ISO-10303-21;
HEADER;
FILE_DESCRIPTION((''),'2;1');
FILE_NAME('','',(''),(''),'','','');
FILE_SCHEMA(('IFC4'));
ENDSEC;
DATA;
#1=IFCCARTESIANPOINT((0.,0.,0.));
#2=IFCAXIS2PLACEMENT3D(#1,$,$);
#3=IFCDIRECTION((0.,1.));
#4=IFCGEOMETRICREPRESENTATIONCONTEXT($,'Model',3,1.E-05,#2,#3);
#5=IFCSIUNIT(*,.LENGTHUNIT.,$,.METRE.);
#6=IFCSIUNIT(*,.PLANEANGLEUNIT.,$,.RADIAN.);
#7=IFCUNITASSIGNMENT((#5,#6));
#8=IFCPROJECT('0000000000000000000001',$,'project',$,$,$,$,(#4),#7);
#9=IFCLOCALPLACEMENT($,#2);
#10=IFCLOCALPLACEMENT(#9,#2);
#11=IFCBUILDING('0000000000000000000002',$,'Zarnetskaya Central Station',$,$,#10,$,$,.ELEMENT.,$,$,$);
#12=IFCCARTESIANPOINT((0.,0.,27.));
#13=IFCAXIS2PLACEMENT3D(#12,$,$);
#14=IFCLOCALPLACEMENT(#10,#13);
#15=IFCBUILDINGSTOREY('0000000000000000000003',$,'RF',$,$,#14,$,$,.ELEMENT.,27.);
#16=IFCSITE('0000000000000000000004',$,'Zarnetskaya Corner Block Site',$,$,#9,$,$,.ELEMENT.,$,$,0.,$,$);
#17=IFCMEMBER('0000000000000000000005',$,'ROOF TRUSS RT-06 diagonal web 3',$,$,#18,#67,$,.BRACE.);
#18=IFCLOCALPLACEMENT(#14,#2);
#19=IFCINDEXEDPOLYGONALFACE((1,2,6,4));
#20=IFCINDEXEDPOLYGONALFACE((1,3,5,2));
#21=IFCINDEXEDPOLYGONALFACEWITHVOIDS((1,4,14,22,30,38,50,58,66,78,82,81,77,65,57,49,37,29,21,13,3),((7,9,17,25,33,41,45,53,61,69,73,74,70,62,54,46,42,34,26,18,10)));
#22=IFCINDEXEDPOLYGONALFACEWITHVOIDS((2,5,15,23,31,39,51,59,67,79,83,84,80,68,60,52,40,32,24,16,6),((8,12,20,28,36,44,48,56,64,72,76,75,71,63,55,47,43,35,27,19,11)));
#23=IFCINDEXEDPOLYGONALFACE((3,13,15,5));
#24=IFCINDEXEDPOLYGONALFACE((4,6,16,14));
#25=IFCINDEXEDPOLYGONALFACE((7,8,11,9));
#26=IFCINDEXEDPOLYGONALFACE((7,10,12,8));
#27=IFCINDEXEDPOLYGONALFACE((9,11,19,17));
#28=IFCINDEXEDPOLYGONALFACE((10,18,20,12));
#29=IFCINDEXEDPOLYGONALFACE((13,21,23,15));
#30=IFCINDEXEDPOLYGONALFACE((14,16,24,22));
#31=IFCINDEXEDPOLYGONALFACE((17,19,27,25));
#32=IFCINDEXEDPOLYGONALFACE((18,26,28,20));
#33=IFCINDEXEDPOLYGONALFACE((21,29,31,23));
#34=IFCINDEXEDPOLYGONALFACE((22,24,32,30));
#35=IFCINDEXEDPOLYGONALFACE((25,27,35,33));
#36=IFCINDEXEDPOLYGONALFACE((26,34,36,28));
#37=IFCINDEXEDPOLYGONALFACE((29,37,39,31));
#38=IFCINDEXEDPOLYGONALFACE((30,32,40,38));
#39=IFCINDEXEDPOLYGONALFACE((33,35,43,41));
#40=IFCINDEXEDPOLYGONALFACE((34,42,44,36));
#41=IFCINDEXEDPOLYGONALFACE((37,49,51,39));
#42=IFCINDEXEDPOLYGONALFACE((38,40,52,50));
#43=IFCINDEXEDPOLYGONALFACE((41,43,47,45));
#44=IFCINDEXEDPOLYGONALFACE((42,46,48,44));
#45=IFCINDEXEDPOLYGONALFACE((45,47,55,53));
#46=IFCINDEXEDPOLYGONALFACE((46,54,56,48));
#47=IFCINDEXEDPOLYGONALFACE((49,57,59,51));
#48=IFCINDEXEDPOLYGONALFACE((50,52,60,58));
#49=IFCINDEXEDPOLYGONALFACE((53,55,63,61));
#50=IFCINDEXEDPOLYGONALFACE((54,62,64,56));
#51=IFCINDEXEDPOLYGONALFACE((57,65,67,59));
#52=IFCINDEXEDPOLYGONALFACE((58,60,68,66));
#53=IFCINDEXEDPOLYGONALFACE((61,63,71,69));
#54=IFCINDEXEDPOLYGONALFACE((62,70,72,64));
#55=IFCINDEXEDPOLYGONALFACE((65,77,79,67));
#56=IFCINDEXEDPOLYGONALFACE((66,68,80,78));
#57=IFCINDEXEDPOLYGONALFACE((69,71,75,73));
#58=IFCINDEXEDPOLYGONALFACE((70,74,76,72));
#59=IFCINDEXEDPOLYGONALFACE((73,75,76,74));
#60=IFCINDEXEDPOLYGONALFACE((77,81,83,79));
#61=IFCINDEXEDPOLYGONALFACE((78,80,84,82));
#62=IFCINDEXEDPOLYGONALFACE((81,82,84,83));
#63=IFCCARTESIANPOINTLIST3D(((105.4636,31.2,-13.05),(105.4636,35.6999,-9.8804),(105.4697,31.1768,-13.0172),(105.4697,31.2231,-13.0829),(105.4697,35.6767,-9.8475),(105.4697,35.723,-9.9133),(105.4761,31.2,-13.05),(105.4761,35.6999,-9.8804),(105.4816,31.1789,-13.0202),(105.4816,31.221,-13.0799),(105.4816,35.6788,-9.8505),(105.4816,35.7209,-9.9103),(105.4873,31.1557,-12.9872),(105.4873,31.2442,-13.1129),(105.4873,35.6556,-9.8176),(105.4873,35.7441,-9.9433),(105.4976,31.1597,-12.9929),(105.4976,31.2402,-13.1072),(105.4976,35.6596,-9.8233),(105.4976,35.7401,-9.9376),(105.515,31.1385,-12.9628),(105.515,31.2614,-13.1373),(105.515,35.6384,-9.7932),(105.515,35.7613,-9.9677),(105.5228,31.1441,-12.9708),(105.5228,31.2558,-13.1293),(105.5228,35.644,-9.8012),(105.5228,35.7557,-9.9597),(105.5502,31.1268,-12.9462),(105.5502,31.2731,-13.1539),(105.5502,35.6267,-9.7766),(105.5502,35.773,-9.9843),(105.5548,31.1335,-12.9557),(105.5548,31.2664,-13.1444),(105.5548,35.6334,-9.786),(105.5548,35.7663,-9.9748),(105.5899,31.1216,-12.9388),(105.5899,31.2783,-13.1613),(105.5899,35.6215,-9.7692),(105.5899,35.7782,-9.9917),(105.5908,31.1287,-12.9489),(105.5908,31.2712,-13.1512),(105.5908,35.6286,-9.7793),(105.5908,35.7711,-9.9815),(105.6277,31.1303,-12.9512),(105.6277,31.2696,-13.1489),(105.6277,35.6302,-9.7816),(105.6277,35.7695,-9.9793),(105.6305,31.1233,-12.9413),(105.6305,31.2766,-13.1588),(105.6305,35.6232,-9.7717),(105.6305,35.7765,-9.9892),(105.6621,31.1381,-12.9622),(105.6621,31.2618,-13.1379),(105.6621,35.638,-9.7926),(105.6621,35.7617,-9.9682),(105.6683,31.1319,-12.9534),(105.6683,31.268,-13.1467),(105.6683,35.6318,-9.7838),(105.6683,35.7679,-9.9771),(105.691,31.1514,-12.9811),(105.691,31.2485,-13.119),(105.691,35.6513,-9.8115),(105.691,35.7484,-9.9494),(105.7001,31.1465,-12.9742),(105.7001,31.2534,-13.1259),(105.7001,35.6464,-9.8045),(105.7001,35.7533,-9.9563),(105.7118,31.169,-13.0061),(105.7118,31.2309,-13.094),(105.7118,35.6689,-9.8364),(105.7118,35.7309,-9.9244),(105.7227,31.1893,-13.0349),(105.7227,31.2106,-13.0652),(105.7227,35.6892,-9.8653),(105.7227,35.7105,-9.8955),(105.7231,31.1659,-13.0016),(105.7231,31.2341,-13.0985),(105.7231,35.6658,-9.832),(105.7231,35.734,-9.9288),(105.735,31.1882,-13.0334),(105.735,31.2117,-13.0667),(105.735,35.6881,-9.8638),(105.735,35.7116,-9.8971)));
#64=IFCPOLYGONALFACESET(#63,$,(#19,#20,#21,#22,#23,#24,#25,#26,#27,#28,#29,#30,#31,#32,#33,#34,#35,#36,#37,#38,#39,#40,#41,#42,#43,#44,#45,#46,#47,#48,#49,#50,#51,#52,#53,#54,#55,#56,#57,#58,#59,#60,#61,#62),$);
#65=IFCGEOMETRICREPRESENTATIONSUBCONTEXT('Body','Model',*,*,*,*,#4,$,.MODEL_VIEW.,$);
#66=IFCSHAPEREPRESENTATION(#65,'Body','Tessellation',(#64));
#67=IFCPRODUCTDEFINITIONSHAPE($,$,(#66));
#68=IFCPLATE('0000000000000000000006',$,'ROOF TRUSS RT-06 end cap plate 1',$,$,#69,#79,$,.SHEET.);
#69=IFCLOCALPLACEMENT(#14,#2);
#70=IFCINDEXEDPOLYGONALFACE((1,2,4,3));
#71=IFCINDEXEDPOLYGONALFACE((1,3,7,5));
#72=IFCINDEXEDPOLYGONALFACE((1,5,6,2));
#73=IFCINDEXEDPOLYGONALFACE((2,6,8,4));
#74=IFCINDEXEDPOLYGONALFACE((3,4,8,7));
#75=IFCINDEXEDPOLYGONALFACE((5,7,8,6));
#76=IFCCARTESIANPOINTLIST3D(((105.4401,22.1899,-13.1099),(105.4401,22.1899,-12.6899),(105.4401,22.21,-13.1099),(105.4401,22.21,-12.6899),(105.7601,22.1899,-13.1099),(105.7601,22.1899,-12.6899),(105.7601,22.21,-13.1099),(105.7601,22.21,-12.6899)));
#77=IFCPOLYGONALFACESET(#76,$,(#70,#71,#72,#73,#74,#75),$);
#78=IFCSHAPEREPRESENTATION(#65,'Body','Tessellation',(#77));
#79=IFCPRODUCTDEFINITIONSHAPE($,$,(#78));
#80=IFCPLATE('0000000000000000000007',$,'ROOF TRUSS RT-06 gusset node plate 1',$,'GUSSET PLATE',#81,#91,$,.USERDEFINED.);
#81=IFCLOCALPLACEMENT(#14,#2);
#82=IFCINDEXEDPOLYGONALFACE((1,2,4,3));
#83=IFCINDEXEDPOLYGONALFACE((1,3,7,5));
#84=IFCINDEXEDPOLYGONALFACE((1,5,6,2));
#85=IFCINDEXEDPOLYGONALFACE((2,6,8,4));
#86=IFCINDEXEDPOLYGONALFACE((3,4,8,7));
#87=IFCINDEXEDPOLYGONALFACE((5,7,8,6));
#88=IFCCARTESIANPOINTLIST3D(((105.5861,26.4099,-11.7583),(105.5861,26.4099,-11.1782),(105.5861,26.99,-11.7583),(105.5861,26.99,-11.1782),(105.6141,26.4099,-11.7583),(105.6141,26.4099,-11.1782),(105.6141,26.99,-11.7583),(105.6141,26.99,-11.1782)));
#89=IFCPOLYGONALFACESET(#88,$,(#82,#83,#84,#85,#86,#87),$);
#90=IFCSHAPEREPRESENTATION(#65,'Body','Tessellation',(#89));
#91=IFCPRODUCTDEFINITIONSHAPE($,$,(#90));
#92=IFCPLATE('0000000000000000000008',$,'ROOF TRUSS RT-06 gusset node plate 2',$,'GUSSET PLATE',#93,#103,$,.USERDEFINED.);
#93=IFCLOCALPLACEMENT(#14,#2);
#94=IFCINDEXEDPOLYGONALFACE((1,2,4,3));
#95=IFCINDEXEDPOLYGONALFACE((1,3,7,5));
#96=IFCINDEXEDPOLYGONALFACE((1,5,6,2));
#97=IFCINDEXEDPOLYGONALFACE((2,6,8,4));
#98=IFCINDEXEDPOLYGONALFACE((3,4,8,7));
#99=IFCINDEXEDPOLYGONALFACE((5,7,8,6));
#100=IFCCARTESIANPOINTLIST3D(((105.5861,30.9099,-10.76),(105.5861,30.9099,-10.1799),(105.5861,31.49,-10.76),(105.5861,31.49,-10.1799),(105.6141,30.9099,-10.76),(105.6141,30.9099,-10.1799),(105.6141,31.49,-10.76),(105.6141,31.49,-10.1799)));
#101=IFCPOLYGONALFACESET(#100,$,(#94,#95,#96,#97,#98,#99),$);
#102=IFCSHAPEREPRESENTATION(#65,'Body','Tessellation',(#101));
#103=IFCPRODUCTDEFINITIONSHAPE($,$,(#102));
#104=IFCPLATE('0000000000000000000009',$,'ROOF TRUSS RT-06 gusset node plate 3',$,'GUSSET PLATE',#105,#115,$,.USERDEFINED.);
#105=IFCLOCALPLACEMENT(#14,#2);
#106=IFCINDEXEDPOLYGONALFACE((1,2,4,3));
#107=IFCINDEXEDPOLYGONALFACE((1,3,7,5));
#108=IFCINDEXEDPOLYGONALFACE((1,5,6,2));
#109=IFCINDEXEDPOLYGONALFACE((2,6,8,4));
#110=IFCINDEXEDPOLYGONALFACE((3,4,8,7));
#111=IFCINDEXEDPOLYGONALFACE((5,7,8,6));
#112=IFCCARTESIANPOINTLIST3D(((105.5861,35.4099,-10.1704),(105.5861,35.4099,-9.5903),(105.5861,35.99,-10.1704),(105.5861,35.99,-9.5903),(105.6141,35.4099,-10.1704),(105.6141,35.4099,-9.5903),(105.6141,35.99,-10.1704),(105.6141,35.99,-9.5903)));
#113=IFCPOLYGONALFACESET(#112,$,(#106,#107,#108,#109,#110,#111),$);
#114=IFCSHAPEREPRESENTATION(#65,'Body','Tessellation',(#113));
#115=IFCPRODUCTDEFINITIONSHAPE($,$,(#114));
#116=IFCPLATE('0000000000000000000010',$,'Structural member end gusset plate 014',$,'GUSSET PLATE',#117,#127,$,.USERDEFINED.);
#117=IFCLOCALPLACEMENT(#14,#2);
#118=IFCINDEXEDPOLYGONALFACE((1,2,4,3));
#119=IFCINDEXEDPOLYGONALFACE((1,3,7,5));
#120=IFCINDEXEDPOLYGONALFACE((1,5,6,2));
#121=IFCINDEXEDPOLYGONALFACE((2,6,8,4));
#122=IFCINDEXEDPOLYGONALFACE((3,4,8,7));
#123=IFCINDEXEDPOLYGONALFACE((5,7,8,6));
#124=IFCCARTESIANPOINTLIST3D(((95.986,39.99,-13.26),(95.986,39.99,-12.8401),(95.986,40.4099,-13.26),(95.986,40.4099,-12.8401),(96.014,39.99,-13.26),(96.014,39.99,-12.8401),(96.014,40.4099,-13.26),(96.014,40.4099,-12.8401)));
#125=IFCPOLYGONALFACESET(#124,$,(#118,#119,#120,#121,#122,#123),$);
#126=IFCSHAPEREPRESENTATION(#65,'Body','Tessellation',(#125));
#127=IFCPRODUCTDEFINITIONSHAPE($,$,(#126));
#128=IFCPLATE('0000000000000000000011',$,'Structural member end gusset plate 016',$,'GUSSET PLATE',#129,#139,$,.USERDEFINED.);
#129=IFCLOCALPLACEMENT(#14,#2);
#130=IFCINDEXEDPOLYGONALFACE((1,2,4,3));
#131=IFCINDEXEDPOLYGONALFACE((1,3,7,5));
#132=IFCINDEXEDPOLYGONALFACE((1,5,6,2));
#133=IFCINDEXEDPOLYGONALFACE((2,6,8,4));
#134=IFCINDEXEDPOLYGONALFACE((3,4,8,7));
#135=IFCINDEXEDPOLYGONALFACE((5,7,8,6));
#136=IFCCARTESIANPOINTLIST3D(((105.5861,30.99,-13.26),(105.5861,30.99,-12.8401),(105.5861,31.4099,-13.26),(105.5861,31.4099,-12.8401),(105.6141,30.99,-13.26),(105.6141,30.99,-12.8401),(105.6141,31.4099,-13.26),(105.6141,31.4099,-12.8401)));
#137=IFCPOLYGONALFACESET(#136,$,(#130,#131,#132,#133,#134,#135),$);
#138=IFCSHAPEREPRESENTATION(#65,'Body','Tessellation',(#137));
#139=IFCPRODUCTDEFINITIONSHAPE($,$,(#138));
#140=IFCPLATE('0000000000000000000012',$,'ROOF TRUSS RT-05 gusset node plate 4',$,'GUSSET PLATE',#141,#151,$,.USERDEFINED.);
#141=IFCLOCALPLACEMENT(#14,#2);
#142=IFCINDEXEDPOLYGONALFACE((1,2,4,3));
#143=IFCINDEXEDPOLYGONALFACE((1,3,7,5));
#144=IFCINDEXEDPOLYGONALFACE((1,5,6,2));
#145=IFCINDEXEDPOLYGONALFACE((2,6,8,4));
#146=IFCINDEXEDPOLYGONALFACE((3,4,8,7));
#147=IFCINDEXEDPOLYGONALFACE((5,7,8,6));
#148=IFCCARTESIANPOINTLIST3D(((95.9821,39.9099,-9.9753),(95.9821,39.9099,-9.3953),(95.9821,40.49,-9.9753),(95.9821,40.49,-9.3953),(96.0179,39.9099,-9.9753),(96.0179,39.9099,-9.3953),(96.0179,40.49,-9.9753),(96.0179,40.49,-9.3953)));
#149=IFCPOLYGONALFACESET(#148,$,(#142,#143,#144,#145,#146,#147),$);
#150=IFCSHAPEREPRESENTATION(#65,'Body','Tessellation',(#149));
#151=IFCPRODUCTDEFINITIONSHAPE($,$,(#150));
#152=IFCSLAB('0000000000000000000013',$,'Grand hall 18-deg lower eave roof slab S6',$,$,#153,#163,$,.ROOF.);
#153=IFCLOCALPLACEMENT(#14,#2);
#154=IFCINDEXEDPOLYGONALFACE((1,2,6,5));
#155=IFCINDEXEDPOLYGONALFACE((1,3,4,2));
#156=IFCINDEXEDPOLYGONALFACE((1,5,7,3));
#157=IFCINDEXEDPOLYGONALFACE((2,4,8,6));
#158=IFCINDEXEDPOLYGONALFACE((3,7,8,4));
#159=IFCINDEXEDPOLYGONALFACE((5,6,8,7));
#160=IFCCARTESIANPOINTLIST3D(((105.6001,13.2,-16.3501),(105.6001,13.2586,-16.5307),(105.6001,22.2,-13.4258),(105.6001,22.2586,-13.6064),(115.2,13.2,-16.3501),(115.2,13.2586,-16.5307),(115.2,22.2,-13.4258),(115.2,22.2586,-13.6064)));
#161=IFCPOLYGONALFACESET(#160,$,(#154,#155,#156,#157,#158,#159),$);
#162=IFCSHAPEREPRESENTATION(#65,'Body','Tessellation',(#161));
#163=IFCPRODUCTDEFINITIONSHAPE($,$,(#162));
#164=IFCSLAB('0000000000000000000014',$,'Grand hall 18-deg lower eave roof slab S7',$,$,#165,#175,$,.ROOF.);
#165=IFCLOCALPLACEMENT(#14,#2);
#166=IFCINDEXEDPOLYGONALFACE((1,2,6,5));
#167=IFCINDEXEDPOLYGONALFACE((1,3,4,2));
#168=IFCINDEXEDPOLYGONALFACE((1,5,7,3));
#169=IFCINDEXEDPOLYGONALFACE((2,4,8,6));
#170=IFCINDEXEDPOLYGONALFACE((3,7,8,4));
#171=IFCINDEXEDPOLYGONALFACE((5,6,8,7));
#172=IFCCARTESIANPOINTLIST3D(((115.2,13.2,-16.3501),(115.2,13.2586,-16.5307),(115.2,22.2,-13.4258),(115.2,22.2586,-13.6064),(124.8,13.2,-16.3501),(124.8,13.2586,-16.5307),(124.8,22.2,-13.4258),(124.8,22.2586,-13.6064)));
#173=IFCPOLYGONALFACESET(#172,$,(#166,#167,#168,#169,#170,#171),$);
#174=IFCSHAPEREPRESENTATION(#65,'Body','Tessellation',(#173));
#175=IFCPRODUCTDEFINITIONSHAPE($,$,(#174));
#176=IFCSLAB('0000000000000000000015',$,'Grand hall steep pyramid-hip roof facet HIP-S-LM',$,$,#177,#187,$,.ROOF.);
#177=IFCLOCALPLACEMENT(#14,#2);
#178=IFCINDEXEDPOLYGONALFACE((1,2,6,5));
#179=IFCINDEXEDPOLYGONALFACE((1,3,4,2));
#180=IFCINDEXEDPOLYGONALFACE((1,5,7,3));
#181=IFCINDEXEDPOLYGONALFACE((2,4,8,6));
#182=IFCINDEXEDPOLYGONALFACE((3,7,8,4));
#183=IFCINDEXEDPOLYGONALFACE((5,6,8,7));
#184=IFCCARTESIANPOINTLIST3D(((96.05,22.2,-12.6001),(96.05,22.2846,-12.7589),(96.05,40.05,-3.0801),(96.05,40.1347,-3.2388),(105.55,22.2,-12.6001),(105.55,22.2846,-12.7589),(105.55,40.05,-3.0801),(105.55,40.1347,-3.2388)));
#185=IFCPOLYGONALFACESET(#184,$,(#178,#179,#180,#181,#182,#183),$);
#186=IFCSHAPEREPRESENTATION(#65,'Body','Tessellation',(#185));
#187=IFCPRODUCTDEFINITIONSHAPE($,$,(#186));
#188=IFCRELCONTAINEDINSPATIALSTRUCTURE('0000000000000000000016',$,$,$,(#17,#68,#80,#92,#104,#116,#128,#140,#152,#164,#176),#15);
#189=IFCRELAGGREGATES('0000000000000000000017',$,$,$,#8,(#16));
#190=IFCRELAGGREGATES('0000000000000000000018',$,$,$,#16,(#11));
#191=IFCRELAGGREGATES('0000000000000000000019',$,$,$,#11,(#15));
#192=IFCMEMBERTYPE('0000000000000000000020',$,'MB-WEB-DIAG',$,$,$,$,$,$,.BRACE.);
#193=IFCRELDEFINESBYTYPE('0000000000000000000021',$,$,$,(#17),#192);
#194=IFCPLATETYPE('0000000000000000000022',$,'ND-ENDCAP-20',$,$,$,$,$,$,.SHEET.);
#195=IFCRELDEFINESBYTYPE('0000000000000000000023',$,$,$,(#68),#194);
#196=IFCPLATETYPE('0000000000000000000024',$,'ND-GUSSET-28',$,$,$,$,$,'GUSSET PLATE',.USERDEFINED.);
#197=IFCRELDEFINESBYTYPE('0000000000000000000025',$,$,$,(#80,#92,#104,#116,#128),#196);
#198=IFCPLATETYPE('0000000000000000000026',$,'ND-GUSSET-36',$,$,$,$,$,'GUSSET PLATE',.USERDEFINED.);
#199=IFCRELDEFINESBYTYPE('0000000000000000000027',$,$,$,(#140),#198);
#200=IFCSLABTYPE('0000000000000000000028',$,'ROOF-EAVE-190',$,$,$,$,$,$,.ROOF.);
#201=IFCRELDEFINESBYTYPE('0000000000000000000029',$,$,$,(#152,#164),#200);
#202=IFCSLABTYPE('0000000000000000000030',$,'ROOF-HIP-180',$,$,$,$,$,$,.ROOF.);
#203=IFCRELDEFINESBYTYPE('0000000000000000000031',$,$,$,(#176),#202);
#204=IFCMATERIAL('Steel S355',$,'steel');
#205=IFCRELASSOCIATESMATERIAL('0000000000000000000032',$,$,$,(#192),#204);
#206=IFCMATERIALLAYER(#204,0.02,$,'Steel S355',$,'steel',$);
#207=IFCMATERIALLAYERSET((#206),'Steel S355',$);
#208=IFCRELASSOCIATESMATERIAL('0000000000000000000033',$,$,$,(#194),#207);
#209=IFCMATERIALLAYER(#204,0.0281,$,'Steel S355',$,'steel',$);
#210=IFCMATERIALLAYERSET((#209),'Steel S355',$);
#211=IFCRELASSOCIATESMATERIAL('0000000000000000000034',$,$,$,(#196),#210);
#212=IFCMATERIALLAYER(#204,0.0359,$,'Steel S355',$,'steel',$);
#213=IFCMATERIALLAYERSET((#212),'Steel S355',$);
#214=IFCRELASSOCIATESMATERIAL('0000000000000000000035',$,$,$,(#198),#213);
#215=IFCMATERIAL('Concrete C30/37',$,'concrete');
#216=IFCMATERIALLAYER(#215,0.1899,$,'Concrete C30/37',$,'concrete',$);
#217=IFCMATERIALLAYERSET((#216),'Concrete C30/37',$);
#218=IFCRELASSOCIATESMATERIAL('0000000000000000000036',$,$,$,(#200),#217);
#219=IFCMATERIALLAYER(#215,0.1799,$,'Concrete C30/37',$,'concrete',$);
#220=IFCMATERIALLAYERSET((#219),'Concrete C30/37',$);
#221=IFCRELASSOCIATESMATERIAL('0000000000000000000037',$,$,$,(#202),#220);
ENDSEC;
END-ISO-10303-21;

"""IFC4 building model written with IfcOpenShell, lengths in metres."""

from ifc_helpers import new_model, si_unit, direction, frame, origin, origin_2d, place, context, subcontext, project, spatial, polyline, rectangle, hollow_circle, outline, extrude, material, layer, layer_set, material_profile, profile_set, type_object, element, save


model = new_model("IFC4")

# Units and contexts
model_context = context("Model", 3, precision=1e-05, world=origin(), true_north=direction((0.0, 1.0)))
body_context = subcontext(model_context, "Body", "Model", "MODEL_VIEW")
ifc_project = project(units=[si_unit("LENGTHUNIT", "METRE"), si_unit("PLANEANGLEUNIT", "RADIAN")], contexts=[model_context])

# Site, building, storey
site_placement = place(None, origin())
site = spatial("IfcSite", under=ifc_project, at=site_placement, Name="Zarnetskaya Corner Block Site", CompositionType="ELEMENT", RefElevation=0.0)
building_placement = place(site_placement, origin())
building = spatial("IfcBuilding", under=site, at=building_placement, Name="Zarnetskaya Central Station", CompositionType="ELEMENT")
storey_placement = place(building_placement, frame((0.0, 0.0, 27.0)))
storey = spatial("IfcBuildingStorey", under=building, at=storey_placement, Name="RF", CompositionType="ELEMENT", Elevation=27.0)

# Shared definitions
ifc_material_1 = material(Name="Steel S355", Category="steel")

# Member
ifc_material_profile_1 = material_profile(ifc_material_1, hollow_circle(Radius=0.1365, WallThickness=0.0125, at=origin_2d()), Name="CHS 273x12.5")
ifc_profile_set_1 = profile_set([ifc_material_profile_1], Name="Steel S355")
member_type_1 = type_object("IfcMemberType", Name="MB-WEB-DIAG", PredefinedType="BRACE", material=ifc_profile_set_1)
member_1_placement = place(storey_placement, frame((105.6001, 31.2, -13.05), z_axis=(0.0, 0.817549, 0.575859), x_axis=(-1.0, 0.0, 0.0)))
element("IfcMember", 1, at=member_1_placement, inside=storey, type_object=member_type_1, Name="ROOF TRUSS RT-06 diagonal web 3", PredefinedType="BRACE", context=body_context, shape_type="SweptSolid", body=[
    extrude(hollow_circle(Radius=0.1365, WallThickness=0.0125, at=origin_2d()), origin(), (0.0, 0.0, 1.0), 5.5042),
])

# Plates
ifc_layer_1 = layer(ifc_material_1, 0.02, Name="Steel S355", Category="steel")
ifc_layer_set_1 = layer_set([ifc_layer_1], Name="Steel S355")
plate_type_1 = type_object("IfcPlateType", Name="ND-ENDCAP-20", PredefinedType="SHEET", material=ifc_layer_set_1)
plate_1_placement = place(storey_placement, frame((105.6001, 22.2, -13.1099), z_axis=(0.0, 0.0, 1.0), x_axis=(1.0, 0.0, 0.0)))
element("IfcPlate", 2, at=plate_1_placement, inside=storey, type_object=plate_type_1, Name="ROOF TRUSS RT-06 end cap plate 1", PredefinedType="SHEET", context=body_context, shape_type="SweptSolid", body=[
    extrude(rectangle(XDim=0.3201, YDim=0.02, at=origin_2d()), origin(), (0.0, 0.0, 1.0), 0.4199),
])
ifc_layer_2 = layer(ifc_material_1, 0.0281, Name="Steel S355", Category="steel")
ifc_layer_set_2 = layer_set([ifc_layer_2], Name="Steel S355")
plate_type_2 = type_object("IfcPlateType", Name="ND-GUSSET-28", ElementType="GUSSET PLATE", PredefinedType="USERDEFINED", material=ifc_layer_set_2)
for number, where, z_axis, x_axis, name in (
    (3, (105.6001, 26.7, -11.7583), (0.0, 0.0, 1.0), (1.0, 0.0, 0.0), "ROOF TRUSS RT-06 gusset node plate 1"),
    (4, (105.6001, 31.2, -10.76), (0.0, 0.0, 1.0), (1.0, 0.0, 0.0), "ROOF TRUSS RT-06 gusset node plate 2"),
    (5, (105.6001, 35.7, -10.1704), (0.0, 0.0, 1.0), (1.0, 0.0, 0.0), "ROOF TRUSS RT-06 gusset node plate 3"),
):
    element("IfcPlate", number, at=place(storey_placement, frame(where, z_axis=z_axis, x_axis=x_axis)), inside=storey, type_object=plate_type_2, Name=name, ObjectType="GUSSET PLATE", PredefinedType="USERDEFINED", context=body_context, shape_type="SweptSolid", body=[
        extrude(rectangle(XDim=0.0281, YDim=0.5801, at=origin_2d()), origin(), (0.0, 0.0, 1.0), 0.5801),
    ])
for number, where, z_axis, x_axis, name in (
    (6, (96.0, 40.2, -13.26), (0.0, 0.0, 1.0), (1.0, 0.0, 0.0), "Structural member end gusset plate 014"),
    (7, (105.6001, 31.2, -13.26), (0.0, 0.0, 1.0), (1.0, 0.0, 0.0), "Structural member end gusset plate 016"),
):
    element("IfcPlate", number, at=place(storey_placement, frame(where, z_axis=z_axis, x_axis=x_axis)), inside=storey, type_object=plate_type_2, Name=name, ObjectType="GUSSET PLATE", PredefinedType="USERDEFINED", context=body_context, shape_type="SweptSolid", body=[
        extrude(rectangle(XDim=0.0281, YDim=0.4199, at=origin_2d()), origin(), (0.0, 0.0, 1.0), 0.4199),
    ])
ifc_layer_3 = layer(ifc_material_1, 0.0359, Name="Steel S355", Category="steel")
ifc_layer_set_3 = layer_set([ifc_layer_3], Name="Steel S355")
plate_type_3 = type_object("IfcPlateType", Name="ND-GUSSET-36", ElementType="GUSSET PLATE", PredefinedType="USERDEFINED", material=ifc_layer_set_3)
plate_2_placement = place(storey_placement, frame((96.0, 40.2, -9.9753), z_axis=(0.0, 0.0, 1.0), x_axis=(1.0, 0.0, 0.0)))
element("IfcPlate", 8, at=plate_2_placement, inside=storey, type_object=plate_type_3, Name="ROOF TRUSS RT-05 gusset node plate 4", ObjectType="GUSSET PLATE", PredefinedType="USERDEFINED", context=body_context, shape_type="SweptSolid", body=[
    extrude(rectangle(XDim=0.0359, YDim=0.5801, at=origin_2d()), origin(), (0.0, 0.0, 1.0), 0.5801),
])

# Slabs
ifc_material_2 = material(Name="Concrete C30/37", Category="concrete")
ifc_layer_4 = layer(ifc_material_2, 0.1899, Name="Concrete C30/37", Category="concrete")
ifc_layer_set_4 = layer_set([ifc_layer_4], Name="Concrete C30/37")
slab_type_1 = type_object("IfcSlabType", Name="ROOF-EAVE-190", PredefinedType="ROOF", material=ifc_layer_set_4)
slab_1_placement = place(storey_placement, frame((105.6001, 13.2, -16.3501), z_axis=(0.0, -0.309021, 0.951055), x_axis=(1.0, 0.0, 0.0)))
element("IfcSlab", 9, at=slab_1_placement, inside=storey, type_object=slab_type_1, Name="Grand hall 18-deg lower eave roof slab S6", PredefinedType="ROOF", context=body_context, shape_type="SweptSolid", body=[
    extrude(outline(polyline([(0.0, 0.0), (9.5999, 0.0), (9.5999, 9.4632), (0.0, 9.4632), (0.0, 0.0)])), origin(), (0.0, 0.0, -1.0), 0.1899),
])
slab_2_placement = place(storey_placement, frame((115.2, 13.2, -16.3501), z_axis=(0.0, -0.309021, 0.951055), x_axis=(1.0, 0.0, 0.0)))
element("IfcSlab", 10, at=slab_2_placement, inside=storey, type_object=slab_type_1, Name="Grand hall 18-deg lower eave roof slab S7", PredefinedType="ROOF", context=body_context, shape_type="SweptSolid", body=[
    extrude(outline(polyline([(0.0, 0.0), (9.6001, 0.0), (9.6001, 9.4632), (0.0, 9.4632), (0.0, 0.0)])), origin(), (0.0, 0.0, -1.0), 0.1899),
])
ifc_layer_5 = layer(ifc_material_2, 0.1799, Name="Concrete C30/37", Category="concrete")
ifc_layer_set_5 = layer_set([ifc_layer_5], Name="Concrete C30/37")
slab_type_2 = type_object("IfcSlabType", Name="ROOF-HIP-180", PredefinedType="ROOF", material=ifc_layer_set_5)
slab_3_placement = place(storey_placement, frame((96.05, 22.2, -12.6001), z_axis=(0.0, -0.470587, 0.882354), x_axis=(1.0, 0.0, 0.0)))
element("IfcSlab", 11, at=slab_3_placement, inside=storey, type_object=slab_type_2, Name="Grand hall steep pyramid-hip roof facet HIP-S-LM", PredefinedType="ROOF", context=body_context, shape_type="SweptSolid", body=[
    extrude(outline(polyline([(0.0, 0.0), (9.5, 0.0), (9.5, 20.2301), (0.0, 20.2301), (0.0, 0.0)])), origin(), (0.0, 0.0, -1.0), 0.1799),
])

save(model, "model.ifc")
